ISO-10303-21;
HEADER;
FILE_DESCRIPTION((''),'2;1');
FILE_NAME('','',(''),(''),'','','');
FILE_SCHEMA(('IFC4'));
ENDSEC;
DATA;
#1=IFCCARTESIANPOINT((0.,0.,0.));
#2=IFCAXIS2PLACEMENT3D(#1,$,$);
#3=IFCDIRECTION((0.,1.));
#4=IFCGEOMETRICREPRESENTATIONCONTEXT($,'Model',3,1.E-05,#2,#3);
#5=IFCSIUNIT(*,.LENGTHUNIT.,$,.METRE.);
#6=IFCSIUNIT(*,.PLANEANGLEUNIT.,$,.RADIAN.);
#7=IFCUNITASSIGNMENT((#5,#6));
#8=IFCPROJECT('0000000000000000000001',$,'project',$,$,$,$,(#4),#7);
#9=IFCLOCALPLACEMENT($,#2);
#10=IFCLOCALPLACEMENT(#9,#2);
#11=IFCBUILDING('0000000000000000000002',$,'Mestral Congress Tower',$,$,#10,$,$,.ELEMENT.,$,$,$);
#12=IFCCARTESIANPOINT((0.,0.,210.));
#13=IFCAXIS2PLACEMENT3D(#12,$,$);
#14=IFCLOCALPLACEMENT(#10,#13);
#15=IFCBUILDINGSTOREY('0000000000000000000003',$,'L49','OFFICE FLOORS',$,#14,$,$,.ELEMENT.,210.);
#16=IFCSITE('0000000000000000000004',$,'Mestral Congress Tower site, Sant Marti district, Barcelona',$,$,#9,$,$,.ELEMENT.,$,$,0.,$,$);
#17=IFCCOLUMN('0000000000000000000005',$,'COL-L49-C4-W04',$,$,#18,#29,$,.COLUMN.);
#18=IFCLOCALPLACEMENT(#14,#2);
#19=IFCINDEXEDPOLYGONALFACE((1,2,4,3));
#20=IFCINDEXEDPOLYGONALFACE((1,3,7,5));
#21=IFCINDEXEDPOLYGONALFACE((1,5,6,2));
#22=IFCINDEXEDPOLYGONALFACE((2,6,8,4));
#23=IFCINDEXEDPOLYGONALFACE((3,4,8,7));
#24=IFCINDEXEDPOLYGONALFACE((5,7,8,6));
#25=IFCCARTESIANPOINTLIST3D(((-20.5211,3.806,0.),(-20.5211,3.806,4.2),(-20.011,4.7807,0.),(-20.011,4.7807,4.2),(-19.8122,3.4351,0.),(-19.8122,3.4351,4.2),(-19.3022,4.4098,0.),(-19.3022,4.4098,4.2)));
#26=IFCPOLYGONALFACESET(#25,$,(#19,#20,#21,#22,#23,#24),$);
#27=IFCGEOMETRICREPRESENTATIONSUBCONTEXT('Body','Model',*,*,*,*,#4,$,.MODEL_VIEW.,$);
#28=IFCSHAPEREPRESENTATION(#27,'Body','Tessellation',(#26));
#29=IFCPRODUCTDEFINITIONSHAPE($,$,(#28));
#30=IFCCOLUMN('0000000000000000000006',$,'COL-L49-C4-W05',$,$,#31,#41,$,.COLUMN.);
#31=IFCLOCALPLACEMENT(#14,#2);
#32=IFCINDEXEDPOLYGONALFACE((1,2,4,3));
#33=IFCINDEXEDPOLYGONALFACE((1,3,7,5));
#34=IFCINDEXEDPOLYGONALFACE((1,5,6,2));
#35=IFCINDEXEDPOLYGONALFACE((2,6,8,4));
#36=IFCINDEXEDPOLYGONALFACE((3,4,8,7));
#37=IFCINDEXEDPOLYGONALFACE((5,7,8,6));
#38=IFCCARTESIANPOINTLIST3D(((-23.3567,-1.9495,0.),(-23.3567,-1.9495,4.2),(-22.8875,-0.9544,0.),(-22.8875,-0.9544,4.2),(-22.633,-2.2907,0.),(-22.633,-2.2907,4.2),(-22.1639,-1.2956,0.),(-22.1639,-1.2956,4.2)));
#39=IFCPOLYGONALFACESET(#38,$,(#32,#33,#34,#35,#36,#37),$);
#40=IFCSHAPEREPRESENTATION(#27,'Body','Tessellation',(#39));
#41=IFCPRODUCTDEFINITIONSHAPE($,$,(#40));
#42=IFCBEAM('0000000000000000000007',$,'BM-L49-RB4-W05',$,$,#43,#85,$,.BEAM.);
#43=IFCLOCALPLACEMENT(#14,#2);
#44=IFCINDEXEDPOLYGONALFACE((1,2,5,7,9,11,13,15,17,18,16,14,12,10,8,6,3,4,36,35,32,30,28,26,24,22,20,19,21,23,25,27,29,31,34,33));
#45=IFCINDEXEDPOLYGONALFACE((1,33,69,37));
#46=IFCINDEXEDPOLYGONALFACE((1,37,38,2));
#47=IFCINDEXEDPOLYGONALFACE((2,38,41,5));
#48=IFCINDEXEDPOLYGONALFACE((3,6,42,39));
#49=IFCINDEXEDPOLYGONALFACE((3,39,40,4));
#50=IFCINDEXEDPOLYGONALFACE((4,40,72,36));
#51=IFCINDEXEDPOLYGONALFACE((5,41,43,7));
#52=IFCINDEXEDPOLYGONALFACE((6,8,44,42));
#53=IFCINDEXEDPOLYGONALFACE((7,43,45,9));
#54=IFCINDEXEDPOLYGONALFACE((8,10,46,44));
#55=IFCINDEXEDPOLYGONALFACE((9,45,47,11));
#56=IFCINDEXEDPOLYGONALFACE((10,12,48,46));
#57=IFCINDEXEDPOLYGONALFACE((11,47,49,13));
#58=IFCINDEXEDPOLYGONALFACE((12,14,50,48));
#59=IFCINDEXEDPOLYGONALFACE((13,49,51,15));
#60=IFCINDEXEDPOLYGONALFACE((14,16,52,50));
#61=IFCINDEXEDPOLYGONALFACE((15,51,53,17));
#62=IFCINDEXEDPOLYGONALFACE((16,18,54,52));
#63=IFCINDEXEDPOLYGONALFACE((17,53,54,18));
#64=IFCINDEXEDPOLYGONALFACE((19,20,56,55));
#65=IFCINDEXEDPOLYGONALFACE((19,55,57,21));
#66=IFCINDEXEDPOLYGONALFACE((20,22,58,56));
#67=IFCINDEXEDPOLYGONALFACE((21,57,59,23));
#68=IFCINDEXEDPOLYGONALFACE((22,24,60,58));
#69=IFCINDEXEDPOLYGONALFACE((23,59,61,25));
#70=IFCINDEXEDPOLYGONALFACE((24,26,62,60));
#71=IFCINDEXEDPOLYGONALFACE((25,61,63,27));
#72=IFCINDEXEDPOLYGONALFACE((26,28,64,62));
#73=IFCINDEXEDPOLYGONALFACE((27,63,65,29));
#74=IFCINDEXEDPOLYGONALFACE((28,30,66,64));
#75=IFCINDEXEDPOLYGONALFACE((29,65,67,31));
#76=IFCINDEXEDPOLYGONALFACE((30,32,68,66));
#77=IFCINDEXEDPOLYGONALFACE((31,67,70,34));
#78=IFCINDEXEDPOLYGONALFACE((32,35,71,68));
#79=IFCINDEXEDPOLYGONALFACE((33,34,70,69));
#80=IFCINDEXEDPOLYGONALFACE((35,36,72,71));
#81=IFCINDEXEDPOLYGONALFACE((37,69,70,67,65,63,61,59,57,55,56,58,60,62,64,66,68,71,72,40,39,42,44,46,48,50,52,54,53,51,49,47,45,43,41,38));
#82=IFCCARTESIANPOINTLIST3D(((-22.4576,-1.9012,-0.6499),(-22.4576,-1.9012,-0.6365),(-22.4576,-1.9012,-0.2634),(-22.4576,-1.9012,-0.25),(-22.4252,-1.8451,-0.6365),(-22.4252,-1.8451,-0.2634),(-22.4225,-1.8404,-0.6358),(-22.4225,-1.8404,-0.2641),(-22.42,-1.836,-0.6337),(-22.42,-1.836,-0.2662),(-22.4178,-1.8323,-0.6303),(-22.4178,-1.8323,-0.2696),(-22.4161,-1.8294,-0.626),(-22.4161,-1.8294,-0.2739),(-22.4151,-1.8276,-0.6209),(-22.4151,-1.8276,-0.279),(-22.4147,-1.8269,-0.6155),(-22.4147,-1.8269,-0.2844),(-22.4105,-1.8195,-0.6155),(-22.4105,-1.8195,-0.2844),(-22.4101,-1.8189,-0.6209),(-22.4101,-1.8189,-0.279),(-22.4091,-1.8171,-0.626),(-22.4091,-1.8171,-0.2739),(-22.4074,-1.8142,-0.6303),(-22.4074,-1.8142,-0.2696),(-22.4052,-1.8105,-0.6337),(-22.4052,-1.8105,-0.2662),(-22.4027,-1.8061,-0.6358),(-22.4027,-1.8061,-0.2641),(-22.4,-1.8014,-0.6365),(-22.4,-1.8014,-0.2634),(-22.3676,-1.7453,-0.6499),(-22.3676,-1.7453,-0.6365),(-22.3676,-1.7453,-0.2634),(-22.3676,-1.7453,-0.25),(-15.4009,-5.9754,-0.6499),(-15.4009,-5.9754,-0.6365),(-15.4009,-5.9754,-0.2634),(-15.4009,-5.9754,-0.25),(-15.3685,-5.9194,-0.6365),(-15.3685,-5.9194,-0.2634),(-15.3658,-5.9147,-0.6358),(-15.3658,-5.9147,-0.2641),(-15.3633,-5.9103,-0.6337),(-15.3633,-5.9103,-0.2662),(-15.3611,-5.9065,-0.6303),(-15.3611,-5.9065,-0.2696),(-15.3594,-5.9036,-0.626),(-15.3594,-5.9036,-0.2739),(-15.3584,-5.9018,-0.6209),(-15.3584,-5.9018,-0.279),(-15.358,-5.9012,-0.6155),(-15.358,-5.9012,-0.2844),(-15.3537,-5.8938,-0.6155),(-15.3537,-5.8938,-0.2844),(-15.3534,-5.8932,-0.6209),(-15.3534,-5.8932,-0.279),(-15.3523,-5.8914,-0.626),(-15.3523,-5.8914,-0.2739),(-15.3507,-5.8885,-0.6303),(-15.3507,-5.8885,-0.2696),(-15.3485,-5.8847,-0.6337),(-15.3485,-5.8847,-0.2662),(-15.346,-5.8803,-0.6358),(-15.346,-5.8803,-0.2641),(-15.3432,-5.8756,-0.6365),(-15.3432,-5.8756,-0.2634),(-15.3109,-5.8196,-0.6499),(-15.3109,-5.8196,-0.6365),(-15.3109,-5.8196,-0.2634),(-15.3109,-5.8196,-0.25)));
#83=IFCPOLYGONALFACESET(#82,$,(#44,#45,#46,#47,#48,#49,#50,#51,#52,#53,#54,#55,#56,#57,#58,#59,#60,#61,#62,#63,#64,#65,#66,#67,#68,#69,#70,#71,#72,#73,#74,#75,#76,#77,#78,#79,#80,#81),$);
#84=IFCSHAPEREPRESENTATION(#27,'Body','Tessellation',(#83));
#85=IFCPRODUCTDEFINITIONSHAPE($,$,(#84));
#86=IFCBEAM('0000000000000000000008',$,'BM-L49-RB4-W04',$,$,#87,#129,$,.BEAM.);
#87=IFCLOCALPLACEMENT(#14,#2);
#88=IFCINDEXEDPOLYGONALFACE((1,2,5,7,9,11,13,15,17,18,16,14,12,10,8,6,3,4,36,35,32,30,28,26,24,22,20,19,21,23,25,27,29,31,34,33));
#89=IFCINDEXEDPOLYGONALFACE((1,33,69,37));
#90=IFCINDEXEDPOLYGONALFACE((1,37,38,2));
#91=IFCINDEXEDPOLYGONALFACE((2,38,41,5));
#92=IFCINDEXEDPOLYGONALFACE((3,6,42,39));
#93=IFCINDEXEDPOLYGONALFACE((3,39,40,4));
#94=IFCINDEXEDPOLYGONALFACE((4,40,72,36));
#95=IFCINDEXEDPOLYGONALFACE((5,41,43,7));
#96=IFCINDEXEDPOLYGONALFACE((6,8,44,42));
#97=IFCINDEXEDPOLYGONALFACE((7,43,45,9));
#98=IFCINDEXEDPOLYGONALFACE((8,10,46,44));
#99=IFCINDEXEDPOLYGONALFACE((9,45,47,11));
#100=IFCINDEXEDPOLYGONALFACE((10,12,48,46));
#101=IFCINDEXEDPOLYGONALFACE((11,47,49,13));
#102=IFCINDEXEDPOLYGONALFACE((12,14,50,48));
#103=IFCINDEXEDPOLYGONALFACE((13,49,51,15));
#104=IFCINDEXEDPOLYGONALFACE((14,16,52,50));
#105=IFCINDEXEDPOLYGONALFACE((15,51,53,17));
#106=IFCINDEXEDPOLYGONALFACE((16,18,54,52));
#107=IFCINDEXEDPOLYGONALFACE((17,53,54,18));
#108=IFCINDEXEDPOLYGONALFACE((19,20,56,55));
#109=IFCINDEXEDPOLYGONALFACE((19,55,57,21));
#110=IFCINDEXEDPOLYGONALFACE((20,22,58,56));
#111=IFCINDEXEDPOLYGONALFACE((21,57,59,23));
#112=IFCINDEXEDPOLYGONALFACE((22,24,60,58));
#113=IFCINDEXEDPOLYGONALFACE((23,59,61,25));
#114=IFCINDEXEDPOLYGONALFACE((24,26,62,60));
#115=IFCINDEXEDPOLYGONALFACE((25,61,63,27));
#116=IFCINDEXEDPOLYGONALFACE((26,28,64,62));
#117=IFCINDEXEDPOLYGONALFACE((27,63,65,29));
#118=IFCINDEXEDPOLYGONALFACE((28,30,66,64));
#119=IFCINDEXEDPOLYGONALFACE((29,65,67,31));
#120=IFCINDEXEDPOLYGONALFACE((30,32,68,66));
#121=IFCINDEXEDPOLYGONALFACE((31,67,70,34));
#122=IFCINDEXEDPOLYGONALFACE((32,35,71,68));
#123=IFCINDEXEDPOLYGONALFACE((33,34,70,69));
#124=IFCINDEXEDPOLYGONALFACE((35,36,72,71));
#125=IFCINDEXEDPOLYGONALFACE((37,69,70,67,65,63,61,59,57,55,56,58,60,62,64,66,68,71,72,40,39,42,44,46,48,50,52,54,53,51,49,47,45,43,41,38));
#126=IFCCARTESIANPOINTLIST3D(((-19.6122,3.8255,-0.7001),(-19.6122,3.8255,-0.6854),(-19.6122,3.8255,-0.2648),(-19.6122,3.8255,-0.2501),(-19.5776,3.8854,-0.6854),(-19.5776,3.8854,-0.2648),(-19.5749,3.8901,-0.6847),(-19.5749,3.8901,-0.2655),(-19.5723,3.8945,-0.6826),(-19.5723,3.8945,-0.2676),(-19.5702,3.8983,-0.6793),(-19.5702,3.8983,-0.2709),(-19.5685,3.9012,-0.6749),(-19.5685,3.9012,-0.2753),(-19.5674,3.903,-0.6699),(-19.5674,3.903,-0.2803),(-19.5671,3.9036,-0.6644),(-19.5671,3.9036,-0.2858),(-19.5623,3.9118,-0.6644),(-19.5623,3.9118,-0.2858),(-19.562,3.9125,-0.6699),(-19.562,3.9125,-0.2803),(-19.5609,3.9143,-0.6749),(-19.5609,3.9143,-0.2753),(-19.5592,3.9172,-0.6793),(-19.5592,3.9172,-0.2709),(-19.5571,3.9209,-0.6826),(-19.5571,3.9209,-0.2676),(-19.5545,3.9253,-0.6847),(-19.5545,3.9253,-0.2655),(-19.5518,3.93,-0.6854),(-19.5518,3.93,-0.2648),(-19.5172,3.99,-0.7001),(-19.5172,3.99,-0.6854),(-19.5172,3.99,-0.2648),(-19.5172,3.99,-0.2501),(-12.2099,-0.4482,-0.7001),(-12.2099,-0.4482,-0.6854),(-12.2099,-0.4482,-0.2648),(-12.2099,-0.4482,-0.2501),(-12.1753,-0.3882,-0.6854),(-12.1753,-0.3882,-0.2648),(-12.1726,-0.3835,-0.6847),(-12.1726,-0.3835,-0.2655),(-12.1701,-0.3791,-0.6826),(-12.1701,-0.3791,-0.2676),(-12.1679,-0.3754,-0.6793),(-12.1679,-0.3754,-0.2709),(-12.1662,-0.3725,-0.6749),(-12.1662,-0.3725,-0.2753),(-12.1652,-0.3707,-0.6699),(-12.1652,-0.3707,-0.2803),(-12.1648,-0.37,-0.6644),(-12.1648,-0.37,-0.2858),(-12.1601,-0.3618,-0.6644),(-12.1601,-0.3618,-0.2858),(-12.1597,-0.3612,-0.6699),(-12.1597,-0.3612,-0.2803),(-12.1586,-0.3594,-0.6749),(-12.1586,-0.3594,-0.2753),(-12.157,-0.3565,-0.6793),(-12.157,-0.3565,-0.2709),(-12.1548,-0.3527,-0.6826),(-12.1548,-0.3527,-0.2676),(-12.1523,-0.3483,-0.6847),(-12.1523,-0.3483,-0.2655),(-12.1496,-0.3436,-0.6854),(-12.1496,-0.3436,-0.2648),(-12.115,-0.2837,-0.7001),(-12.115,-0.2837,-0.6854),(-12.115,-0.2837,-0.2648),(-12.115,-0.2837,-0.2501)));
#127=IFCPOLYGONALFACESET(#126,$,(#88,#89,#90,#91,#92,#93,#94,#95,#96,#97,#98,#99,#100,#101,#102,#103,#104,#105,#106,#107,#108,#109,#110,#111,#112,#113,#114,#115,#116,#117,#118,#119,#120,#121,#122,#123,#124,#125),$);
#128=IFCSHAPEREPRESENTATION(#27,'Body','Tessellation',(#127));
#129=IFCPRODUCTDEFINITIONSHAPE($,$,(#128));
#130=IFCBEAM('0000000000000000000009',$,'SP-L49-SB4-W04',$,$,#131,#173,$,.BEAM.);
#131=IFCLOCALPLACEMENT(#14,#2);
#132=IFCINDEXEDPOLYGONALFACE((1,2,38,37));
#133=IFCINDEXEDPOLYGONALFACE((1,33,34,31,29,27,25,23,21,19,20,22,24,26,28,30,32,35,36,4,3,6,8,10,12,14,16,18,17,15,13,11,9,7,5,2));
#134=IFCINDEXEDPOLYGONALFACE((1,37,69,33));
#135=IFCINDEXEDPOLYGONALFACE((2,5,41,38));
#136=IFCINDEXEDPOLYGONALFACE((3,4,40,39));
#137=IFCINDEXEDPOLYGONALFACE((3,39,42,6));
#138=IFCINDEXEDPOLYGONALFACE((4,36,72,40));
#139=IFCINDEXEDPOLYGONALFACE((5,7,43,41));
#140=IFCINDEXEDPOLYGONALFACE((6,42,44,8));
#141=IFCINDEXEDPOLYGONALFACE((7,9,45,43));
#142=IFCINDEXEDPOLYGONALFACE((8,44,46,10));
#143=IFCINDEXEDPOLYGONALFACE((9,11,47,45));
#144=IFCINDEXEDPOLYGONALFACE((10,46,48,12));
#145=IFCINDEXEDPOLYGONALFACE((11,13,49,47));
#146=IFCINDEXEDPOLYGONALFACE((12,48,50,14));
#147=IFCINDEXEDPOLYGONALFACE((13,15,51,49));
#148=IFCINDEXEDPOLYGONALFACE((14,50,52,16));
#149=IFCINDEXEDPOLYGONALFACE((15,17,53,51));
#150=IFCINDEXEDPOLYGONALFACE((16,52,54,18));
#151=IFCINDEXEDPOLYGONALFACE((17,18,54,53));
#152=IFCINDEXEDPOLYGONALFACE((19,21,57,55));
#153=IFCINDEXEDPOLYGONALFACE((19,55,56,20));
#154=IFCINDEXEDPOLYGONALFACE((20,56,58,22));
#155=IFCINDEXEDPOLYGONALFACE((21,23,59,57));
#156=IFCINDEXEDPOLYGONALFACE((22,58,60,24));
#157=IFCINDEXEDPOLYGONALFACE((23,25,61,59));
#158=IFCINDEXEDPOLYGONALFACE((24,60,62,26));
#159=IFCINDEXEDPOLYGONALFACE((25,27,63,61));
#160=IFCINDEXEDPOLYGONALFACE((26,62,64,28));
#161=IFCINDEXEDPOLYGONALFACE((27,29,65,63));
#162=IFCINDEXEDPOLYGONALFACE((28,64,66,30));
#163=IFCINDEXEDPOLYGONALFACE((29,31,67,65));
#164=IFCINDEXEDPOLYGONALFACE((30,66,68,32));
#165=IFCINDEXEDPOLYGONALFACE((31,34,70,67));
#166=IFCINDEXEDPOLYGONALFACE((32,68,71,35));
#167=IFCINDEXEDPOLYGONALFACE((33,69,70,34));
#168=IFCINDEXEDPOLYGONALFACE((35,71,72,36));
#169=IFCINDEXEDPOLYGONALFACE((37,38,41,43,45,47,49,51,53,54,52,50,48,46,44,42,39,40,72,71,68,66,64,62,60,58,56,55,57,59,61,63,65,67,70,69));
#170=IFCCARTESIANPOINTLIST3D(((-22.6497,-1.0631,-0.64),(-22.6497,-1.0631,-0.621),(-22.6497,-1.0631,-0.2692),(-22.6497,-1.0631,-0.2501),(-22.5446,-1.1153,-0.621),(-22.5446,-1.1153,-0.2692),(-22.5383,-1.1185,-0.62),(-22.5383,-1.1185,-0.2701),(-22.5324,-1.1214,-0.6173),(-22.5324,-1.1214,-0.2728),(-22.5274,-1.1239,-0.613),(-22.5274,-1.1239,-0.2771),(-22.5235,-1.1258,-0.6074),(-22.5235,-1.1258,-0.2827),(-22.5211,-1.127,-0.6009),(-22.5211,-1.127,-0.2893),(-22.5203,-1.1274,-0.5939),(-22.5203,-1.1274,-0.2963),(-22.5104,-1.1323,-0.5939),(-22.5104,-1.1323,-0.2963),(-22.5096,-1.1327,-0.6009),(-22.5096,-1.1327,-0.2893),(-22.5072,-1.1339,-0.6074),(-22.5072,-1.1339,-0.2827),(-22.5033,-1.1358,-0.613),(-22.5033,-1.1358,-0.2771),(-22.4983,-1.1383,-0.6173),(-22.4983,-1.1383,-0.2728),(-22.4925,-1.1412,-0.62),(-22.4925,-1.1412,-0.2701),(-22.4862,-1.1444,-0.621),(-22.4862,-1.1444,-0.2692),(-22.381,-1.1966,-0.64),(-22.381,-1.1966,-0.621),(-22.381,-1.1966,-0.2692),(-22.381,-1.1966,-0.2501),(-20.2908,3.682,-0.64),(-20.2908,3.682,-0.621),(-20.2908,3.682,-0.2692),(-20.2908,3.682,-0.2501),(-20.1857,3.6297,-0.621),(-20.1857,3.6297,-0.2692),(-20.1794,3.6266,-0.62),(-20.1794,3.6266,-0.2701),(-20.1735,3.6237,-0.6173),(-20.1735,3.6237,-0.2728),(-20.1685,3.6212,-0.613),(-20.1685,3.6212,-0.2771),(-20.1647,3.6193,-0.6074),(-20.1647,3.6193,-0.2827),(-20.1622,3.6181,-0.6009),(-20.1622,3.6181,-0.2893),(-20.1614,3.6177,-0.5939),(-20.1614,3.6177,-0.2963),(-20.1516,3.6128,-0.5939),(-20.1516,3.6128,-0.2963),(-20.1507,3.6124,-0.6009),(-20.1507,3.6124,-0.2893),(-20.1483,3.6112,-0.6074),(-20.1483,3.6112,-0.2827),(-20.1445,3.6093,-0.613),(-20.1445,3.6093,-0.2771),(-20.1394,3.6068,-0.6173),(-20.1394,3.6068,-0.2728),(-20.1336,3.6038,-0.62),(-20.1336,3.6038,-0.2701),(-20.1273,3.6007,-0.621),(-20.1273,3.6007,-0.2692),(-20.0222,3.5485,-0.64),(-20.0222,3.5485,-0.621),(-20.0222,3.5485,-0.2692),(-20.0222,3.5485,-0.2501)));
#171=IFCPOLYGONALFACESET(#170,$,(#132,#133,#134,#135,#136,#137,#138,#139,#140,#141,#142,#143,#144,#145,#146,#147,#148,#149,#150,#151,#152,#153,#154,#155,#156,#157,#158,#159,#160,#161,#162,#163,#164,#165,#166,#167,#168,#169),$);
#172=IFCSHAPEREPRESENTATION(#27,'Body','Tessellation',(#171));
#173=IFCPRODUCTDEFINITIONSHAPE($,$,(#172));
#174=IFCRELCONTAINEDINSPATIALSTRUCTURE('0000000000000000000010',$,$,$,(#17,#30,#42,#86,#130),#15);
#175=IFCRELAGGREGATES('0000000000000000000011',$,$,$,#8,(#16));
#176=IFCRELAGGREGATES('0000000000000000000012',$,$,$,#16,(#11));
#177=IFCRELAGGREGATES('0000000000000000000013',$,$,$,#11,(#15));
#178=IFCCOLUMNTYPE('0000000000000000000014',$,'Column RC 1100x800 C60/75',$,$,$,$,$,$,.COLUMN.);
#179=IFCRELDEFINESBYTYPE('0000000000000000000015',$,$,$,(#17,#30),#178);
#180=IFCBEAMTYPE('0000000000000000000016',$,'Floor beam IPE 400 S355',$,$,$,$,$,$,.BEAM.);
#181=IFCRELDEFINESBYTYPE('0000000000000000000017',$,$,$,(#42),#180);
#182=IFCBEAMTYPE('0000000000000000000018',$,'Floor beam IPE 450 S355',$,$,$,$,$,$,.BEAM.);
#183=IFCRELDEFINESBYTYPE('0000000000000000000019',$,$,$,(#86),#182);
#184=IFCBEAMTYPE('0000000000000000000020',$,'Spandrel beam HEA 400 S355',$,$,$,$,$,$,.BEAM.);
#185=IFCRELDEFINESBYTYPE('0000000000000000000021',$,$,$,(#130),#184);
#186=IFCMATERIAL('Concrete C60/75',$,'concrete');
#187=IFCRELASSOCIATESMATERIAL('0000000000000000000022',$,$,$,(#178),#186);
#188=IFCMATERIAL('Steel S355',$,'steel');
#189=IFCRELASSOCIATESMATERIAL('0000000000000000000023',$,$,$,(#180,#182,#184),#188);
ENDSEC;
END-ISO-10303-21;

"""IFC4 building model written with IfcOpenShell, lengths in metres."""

from ifc_helpers import new_model, si_unit, direction, frame, origin, origin_2d, place, context, subcontext, project, spatial, rectangle, i_section, extrude, material, material_profile, profile_set, type_object, element, save


model = new_model("IFC4")

# Units and contexts
model_context = context("Model", 3, precision=1e-05, world=origin(), true_north=direction((0.0, 1.0)))
body_context = subcontext(model_context, "Body", "Model", "MODEL_VIEW")
ifc_project = project(units=[si_unit("LENGTHUNIT", "METRE"), si_unit("PLANEANGLEUNIT", "RADIAN")], contexts=[model_context])

# Site, building, storey
site_placement = place(None, origin())
site = spatial("IfcSite", under=ifc_project, at=site_placement, Name="Mestral Congress Tower site, Sant Marti district, Barcelona", CompositionType="ELEMENT", RefElevation=0.0)
building_placement = place(site_placement, origin())
building = spatial("IfcBuilding", under=site, at=building_placement, Name="Mestral Congress Tower", CompositionType="ELEMENT")
storey_placement = place(building_placement, frame((0.0, 0.0, 210.0)))
storey = spatial("IfcBuildingStorey", under=building, at=storey_placement, Name="L49", Description="OFFICE FLOORS", CompositionType="ELEMENT", Elevation=210.0)

# Columns
ifc_material_1 = material(Name="Concrete C60/75", Category="concrete")
ifc_material_profile_1 = material_profile(ifc_material_1, rectangle(XDim=1.1001, YDim=0.8, at=origin_2d()), Name="RC 1100x800")
ifc_profile_set_1 = profile_set([ifc_material_profile_1], Name="Concrete C60/75")
column_type = type_object("IfcColumnType", Name="Column RC 1100x800 C60/75", PredefinedType="COLUMN", material=ifc_profile_set_1)
for number, where, z_axis, x_axis, name in (
    (1, (-19.9116, 4.1079, 0.0), (0.0, 0.0, 1.0), (-0.463636, -0.886026, 0.0), "COL-L49-C4-W04"),
    (2, (-22.7603, -1.6226, 0.0), (0.0, 0.0, 1.0), (-0.426472, -0.904501, 0.0), "COL-L49-C4-W05"),
):
    element("IfcColumn", number, at=place(storey_placement, frame(where, z_axis=z_axis, x_axis=x_axis)), inside=storey, type_object=column_type, Name=name, PredefinedType="COLUMN", context=body_context, shape_type="SweptSolid", body=[
        extrude(rectangle(XDim=1.1001, YDim=0.8, at=origin_2d()), origin(), (0.0, 0.0, 1.0), 4.2),
    ])

# Beams
ifc_material_2 = material(Name="Steel S355", Category="steel")
ifc_material_profile_2 = material_profile(ifc_material_2, i_section(OverallWidth=0.1799, OverallDepth=0.3999, WebThickness=0.0085, FlangeThickness=0.0134, FilletRadius=0.021, at=origin_2d()), Name="IPE 400")
ifc_profile_set_2 = profile_set([ifc_material_profile_2], Name="Steel S355")
beam_type_1 = type_object("IfcBeamType", Name="Floor beam IPE 400 S355", PredefinedType="BEAM", material=ifc_profile_set_2)
beam_1_placement = place(storey_placement, frame((-22.4126, -1.8232, -0.45), z_axis=(0.866022, -0.500006, 0.0), x_axis=(0.500006, 0.866022, 0.0)))
element("IfcBeam", 3, at=beam_1_placement, inside=storey, type_object=beam_type_1, Name="BM-L49-RB4-W05", PredefinedType="BEAM", context=body_context, shape_type="SweptSolid", body=[
    extrude(i_section(OverallWidth=0.1799, OverallDepth=0.3999, WebThickness=0.0085, FlangeThickness=0.0134, FilletRadius=0.021, at=origin_2d()), origin(), (0.0, 0.0, 1.0), 8.1484),
])
ifc_material_profile_3 = material_profile(ifc_material_2, i_section(OverallWidth=0.1899, OverallDepth=0.45, WebThickness=0.0095, FlangeThickness=0.0146, FilletRadius=0.021, at=origin_2d()), Name="IPE 450")
ifc_profile_set_3 = profile_set([ifc_material_profile_3], Name="Steel S355")
beam_type_2 = type_object("IfcBeamType", Name="Floor beam IPE 450 S355", PredefinedType="BEAM", material=ifc_profile_set_3)
beam_2_placement = place(storey_placement, frame((-19.5647, 3.9077, -0.4751), z_axis=(0.866029, -0.499994, 0.0), x_axis=(0.499994, 0.866029, 0.0)))
element("IfcBeam", 4, at=beam_2_placement, inside=storey, type_object=beam_type_2, Name="BM-L49-RB4-W04", PredefinedType="BEAM", context=body_context, shape_type="SweptSolid", body=[
    extrude(i_section(OverallWidth=0.1899, OverallDepth=0.45, WebThickness=0.0095, FlangeThickness=0.0146, FilletRadius=0.021, at=origin_2d()), origin(), (0.0, 0.0, 1.0), 8.5474),
])
ifc_material_profile_4 = material_profile(ifc_material_2, i_section(OverallWidth=0.3, OverallDepth=0.3899, WebThickness=0.011, FlangeThickness=0.019, FilletRadius=0.0271, at=origin_2d()), Name="HEA 400")
ifc_profile_set_4 = profile_set([ifc_material_profile_4], Name="Steel S355")
beam_type_3 = type_object("IfcBeamType", Name="Spandrel beam HEA 400 S355", PredefinedType="BEAM", material=ifc_profile_set_4)
beam_3_placement = place(storey_placement, frame((-20.1565, 3.6152, -0.4451), z_axis=(-0.445148, -0.895457, 0.0), x_axis=(0.895457, -0.445148, 0.0)))
element("IfcBeam", 5, at=beam_3_placement, inside=storey, type_object=beam_type_3, Name="SP-L49-SB4-W04", PredefinedType="BEAM", context=body_context, shape_type="SweptSolid", body=[
    extrude(i_section(OverallWidth=0.3, OverallDepth=0.3899, WebThickness=0.011, FlangeThickness=0.019, FilletRadius=0.0271, at=origin_2d()), origin(), (0.0, 0.0, 1.0), 5.2991),
])

save(model, "model.ifc")
